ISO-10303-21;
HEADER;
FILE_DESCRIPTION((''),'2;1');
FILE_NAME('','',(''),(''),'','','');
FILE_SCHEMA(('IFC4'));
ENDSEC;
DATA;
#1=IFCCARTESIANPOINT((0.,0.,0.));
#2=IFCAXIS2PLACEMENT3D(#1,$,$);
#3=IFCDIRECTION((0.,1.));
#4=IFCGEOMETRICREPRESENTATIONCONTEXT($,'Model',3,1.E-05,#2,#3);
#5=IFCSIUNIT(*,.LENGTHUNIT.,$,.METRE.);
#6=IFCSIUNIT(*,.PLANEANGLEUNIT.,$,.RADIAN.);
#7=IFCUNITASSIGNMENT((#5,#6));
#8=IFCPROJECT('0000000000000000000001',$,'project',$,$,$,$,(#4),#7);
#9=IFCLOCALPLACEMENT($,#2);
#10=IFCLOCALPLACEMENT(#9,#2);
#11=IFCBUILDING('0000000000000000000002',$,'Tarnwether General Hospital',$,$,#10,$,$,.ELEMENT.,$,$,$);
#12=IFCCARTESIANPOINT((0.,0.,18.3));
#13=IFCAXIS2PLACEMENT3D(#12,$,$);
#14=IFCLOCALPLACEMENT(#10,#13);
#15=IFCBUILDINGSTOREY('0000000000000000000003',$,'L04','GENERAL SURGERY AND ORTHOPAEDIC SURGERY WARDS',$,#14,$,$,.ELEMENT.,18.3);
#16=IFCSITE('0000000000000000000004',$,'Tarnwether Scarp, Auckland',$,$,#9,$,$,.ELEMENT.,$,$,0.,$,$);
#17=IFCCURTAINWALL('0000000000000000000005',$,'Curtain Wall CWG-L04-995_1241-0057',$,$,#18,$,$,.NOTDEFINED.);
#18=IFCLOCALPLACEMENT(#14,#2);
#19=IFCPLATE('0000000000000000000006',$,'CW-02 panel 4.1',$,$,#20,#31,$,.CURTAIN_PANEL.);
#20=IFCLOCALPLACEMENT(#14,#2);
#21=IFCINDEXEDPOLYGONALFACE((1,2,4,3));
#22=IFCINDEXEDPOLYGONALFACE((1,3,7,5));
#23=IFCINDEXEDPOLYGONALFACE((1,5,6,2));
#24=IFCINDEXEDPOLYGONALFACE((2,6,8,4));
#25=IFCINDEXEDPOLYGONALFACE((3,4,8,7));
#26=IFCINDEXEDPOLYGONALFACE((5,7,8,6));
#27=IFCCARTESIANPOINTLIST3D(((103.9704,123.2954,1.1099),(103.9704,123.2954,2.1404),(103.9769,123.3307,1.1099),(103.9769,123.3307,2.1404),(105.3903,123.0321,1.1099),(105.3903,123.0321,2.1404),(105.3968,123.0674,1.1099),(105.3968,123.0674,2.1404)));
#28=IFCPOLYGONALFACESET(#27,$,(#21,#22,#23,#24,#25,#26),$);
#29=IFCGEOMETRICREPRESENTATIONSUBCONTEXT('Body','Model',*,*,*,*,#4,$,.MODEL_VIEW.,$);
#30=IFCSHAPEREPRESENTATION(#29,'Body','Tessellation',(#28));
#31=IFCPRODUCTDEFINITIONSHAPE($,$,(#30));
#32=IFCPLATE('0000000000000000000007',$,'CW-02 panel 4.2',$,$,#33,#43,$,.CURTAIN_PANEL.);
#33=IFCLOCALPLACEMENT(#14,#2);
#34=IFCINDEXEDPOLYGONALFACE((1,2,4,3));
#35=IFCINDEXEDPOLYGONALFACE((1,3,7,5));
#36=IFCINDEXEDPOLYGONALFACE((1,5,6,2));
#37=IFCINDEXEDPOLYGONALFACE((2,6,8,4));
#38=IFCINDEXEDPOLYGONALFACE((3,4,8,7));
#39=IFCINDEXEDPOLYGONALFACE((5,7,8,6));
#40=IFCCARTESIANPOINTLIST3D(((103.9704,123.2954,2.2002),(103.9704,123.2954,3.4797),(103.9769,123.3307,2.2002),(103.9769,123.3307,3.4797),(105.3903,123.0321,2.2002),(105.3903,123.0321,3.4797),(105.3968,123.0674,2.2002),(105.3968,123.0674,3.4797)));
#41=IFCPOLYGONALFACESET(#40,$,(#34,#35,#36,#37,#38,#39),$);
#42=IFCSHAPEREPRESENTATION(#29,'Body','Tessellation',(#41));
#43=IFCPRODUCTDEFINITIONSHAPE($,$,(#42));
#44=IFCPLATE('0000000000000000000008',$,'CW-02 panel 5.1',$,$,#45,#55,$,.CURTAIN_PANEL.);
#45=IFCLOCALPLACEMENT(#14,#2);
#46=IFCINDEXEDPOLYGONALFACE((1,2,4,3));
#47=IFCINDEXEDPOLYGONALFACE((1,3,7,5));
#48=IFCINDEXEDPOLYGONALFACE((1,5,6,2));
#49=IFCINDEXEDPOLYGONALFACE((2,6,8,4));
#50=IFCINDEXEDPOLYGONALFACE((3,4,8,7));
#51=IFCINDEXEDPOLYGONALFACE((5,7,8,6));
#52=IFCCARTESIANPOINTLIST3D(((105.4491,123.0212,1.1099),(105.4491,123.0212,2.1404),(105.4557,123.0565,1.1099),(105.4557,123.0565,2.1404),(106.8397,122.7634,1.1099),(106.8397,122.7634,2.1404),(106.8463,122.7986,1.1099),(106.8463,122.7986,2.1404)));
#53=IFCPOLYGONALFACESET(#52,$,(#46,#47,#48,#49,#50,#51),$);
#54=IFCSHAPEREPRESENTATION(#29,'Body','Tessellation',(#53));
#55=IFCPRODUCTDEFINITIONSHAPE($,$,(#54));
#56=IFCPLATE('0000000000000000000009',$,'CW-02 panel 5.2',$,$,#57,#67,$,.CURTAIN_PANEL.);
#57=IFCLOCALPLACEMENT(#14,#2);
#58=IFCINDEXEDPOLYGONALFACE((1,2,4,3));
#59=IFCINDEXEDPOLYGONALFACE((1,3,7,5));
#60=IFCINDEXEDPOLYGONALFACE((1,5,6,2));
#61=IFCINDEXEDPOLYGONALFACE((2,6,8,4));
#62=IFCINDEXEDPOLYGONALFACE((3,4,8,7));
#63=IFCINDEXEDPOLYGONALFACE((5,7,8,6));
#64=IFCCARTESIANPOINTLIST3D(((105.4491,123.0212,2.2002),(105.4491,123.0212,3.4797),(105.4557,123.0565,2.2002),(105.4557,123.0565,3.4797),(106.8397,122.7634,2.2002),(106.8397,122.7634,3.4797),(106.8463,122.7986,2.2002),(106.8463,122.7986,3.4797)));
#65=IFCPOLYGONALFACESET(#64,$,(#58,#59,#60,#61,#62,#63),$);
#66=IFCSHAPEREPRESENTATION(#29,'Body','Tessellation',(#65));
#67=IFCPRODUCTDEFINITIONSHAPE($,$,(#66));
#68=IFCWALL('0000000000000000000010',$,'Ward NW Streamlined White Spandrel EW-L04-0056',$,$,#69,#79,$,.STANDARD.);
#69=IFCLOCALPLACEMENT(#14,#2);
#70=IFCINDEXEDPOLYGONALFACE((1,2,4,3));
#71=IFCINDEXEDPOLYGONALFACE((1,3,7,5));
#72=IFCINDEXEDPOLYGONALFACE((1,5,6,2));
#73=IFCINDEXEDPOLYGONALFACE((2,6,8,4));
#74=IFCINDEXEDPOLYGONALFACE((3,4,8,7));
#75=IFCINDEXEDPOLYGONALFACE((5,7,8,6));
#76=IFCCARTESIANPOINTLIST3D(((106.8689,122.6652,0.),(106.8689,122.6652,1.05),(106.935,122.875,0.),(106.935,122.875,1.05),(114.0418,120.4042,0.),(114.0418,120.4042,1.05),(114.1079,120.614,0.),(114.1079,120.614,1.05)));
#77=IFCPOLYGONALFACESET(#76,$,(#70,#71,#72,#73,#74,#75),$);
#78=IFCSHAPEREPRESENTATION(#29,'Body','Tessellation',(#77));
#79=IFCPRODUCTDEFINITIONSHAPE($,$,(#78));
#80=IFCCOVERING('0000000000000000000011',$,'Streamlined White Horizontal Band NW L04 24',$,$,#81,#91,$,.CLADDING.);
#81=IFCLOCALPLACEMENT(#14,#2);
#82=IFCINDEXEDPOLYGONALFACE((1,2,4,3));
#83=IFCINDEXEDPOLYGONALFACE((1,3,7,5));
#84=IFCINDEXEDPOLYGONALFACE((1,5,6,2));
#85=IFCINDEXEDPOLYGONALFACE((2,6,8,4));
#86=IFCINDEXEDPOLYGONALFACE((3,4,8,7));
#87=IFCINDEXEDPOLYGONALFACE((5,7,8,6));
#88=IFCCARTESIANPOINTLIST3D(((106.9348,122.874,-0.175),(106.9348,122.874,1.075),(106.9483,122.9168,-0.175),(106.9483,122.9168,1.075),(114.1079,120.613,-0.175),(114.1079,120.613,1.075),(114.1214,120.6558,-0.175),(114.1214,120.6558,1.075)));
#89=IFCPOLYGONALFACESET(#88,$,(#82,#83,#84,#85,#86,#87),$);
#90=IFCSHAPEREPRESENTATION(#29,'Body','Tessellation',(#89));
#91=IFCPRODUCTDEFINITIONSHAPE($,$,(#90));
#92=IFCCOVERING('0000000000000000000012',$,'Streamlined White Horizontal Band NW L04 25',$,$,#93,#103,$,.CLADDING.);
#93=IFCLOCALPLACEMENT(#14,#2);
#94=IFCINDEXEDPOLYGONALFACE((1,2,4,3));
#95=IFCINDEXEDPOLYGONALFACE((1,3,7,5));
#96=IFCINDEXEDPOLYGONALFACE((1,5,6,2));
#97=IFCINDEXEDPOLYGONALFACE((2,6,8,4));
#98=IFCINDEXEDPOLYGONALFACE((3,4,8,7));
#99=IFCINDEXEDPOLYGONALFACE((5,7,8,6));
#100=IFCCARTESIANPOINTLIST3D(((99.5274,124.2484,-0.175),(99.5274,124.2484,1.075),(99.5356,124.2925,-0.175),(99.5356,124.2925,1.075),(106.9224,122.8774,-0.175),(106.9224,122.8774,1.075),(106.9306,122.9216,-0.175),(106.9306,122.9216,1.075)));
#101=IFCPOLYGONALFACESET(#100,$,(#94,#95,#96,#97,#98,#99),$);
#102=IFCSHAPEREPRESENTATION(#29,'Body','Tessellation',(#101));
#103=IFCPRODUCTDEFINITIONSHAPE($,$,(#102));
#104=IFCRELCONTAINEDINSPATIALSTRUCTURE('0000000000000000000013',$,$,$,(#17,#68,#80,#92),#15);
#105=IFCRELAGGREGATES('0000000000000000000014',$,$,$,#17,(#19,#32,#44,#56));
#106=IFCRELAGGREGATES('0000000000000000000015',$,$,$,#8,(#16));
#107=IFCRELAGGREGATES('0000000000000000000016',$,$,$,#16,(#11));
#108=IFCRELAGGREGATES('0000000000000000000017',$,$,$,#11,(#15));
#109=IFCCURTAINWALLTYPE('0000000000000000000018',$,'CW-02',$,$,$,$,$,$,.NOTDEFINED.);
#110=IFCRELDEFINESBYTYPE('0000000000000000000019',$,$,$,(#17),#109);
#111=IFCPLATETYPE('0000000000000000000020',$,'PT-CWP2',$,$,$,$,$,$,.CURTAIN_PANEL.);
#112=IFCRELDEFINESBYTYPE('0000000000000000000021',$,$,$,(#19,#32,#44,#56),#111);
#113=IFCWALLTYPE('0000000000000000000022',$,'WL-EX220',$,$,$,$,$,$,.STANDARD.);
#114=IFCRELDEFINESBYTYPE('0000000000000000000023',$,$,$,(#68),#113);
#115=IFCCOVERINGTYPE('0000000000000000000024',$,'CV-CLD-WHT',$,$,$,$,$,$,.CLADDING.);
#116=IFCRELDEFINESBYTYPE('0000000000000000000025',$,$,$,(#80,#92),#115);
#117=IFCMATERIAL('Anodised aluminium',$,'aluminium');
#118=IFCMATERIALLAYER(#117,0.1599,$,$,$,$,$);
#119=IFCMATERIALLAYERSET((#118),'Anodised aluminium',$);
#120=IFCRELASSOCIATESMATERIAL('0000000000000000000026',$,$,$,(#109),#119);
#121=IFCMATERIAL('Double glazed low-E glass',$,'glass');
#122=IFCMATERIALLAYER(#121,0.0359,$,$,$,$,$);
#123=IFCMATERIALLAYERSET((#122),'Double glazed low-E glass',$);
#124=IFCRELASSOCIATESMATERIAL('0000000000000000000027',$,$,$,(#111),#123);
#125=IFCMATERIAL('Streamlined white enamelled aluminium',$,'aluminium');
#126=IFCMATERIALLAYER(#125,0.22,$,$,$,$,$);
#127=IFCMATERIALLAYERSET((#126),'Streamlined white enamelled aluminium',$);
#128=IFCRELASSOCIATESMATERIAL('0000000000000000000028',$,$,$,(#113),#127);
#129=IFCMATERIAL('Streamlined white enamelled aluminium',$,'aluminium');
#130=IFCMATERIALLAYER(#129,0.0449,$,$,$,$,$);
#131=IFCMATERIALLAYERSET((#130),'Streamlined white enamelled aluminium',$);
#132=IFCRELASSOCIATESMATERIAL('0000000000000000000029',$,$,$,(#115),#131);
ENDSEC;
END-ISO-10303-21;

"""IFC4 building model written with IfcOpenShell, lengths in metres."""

from ifc_helpers import new_model, si_unit, direction, frame, frame_2d, origin, origin_2d, place, context, subcontext, project, spatial, rectangle, extrude, material, layer, layer_set, type_object, element, aggregate, save


model = new_model("IFC4")

# Units and contexts
model_context = context("Model", 3, precision=1e-05, world=origin(), true_north=direction((0.0, 1.0)))
body_context = subcontext(model_context, "Body", "Model", "MODEL_VIEW")
ifc_project = project(units=[si_unit("LENGTHUNIT", "METRE"), si_unit("PLANEANGLEUNIT", "RADIAN")], contexts=[model_context])

# Site, building, storey
site_placement = place(None, origin())
site = spatial("IfcSite", under=ifc_project, at=site_placement, Name="Tarnwether Scarp, Auckland", CompositionType="ELEMENT", RefElevation=0.0)
building_placement = place(site_placement, origin())
building = spatial("IfcBuilding", under=site, at=building_placement, Name="Tarnwether General Hospital", CompositionType="ELEMENT")
storey_placement = place(building_placement, frame((0.0, 0.0, 18.3)))
storey = spatial("IfcBuildingStorey", under=building, at=storey_placement, Name="L04", Description="GENERAL SURGERY AND ORTHOPAEDIC SURGERY WARDS", CompositionType="ELEMENT", Elevation=18.3)

# Curtain wall
ifc_material_1 = material(Name="Anodised aluminium", Category="aluminium")
ifc_layer_1 = layer(ifc_material_1, 0.1599)
ifc_layer_set_1 = layer_set([ifc_layer_1], Name="Anodised aluminium")
curtain_wall_type = type_object("IfcCurtainWallType", Name="CW-02", PredefinedType="NOTDEFINED", material=ifc_layer_set_1)
curtain_wall_1_placement = place(storey_placement, origin())
curtain_wall_1 = element("IfcCurtainWall", 1, at=curtain_wall_1_placement, inside=storey, type_object=curtain_wall_type, Name="Curtain Wall CWG-L04-995_1241-0057", PredefinedType="NOTDEFINED")

# Plates
ifc_material_2 = material(Name="Double glazed low-E glass", Category="glass")
ifc_layer_2 = layer(ifc_material_2, 0.0359)
ifc_layer_set_2 = layer_set([ifc_layer_2], Name="Double glazed low-E glass")
plate_type_1 = type_object("IfcPlateType", Name="PT-CWP2", PredefinedType="CURTAIN_PANEL", material=ifc_layer_set_2)
plate_1_placement = place(storey_placement, frame((104.6836, 123.1814, 1.1099), z_axis=(0.0, 0.0, 1.0), x_axis=(0.983245, -0.182289, 0.0)))
plate_1 = element("IfcPlate", 2, at=plate_1_placement, type_object=plate_type_1, Name="CW-02 panel 4.1", PredefinedType="CURTAIN_PANEL", context=body_context, shape_type="SweptSolid", body=[
    extrude(rectangle(XDim=1.4441, YDim=0.0359, at=origin_2d()), origin(), (0.0, 0.0, 1.0), 1.0305),
])
plate_2_placement = place(storey_placement, frame((104.6836, 123.1814, 2.2002), z_axis=(0.0, 0.0, 1.0), x_axis=(0.983245, -0.182289, 0.0)))
plate_2 = element("IfcPlate", 3, at=plate_2_placement, type_object=plate_type_1, Name="CW-02 panel 4.2", PredefinedType="CURTAIN_PANEL", context=body_context, shape_type="SweptSolid", body=[
    extrude(rectangle(XDim=1.4441, YDim=0.0359, at=origin_2d()), origin(), (0.0, 0.0, 1.0), 1.2795),
])
plate_3_placement = place(storey_placement, frame((106.1477, 122.9099, 1.1099), z_axis=(0.0, 0.0, 1.0), x_axis=(0.983245, -0.182289, 0.0)))
plate_3 = element("IfcPlate", 4, at=plate_3_placement, type_object=plate_type_1, Name="CW-02 panel 5.1", PredefinedType="CURTAIN_PANEL", context=body_context, shape_type="SweptSolid", body=[
    extrude(rectangle(XDim=1.4143, YDim=0.0359, at=origin_2d()), origin(), (0.0, 0.0, 1.0), 1.0305),
])
plate_4_placement = place(storey_placement, frame((106.1477, 122.9099, 2.2002), z_axis=(0.0, 0.0, 1.0), x_axis=(0.983245, -0.182289, 0.0)))
plate_4 = element("IfcPlate", 5, at=plate_4_placement, type_object=plate_type_1, Name="CW-02 panel 5.2", PredefinedType="CURTAIN_PANEL", context=body_context, shape_type="SweptSolid", body=[
    extrude(rectangle(XDim=1.4143, YDim=0.0359, at=origin_2d()), origin(), (0.0, 0.0, 1.0), 1.2795),
])
aggregate(curtain_wall_1, [plate_1, plate_2, plate_3, plate_4])

# Wall
ifc_material_3 = material(Name="Streamlined white enamelled aluminium", Category="aluminium")
ifc_layer_3 = layer(ifc_material_3, 0.22)
ifc_layer_set_3 = layer_set([ifc_layer_3], Name="Streamlined white enamelled aluminium")
wall_type = type_object("IfcWallType", Name="WL-EX220", PredefinedType="STANDARD", material=ifc_layer_set_3)
wall_placement = place(storey_placement, frame((106.9021, 122.77, 0.0), z_axis=(0.0, 0.0, 1.0), x_axis=(0.95374, -0.300633, 0.0)))
element("IfcWall", 6, at=wall_placement, inside=storey, type_object=wall_type, Name="Ward NW Streamlined White Spandrel EW-L04-0056", PredefinedType="STANDARD", context=body_context, shape_type="SweptSolid", body=[
    extrude(rectangle(XDim=7.5208, YDim=0.22, at=frame_2d((3.7603, 0.0))), origin(), (0.0, 0.0, 1.0), 1.05),
])

# Coverings
ifc_material_4 = material(Name="Streamlined white enamelled aluminium", Category="aluminium")
ifc_layer_4 = layer(ifc_material_4, 0.0449)
ifc_layer_set_4 = layer_set([ifc_layer_4], Name="Streamlined white enamelled aluminium")
covering_type = type_object("IfcCoveringType", Name="CV-CLD-WHT", PredefinedType="CLADDING", material=ifc_layer_set_4)
for number, where, z_axis, x_axis, name in (
    (7, (110.5281, 121.7649, -0.175), (0.0, 0.0, 1.0), (0.953743, -0.300623, 0.0), "Streamlined White Horizontal Band NW L04 24"),
    (8, (103.229, 123.585, -0.175), (0.0, 0.0, 1.0), (0.983245, -0.182287, 0.0), "Streamlined White Horizontal Band NW L04 25"),
):
    element("IfcCovering", number, at=place(storey_placement, frame(where, z_axis=z_axis, x_axis=x_axis)), inside=storey, type_object=covering_type, Name=name, PredefinedType="CLADDING", context=body_context, shape_type="SweptSolid", body=[
        extrude(rectangle(XDim=7.521, YDim=0.0449, at=origin_2d()), origin(), (0.0, 0.0, 1.0), 1.25),
    ])

save(model, "model.ifc")
